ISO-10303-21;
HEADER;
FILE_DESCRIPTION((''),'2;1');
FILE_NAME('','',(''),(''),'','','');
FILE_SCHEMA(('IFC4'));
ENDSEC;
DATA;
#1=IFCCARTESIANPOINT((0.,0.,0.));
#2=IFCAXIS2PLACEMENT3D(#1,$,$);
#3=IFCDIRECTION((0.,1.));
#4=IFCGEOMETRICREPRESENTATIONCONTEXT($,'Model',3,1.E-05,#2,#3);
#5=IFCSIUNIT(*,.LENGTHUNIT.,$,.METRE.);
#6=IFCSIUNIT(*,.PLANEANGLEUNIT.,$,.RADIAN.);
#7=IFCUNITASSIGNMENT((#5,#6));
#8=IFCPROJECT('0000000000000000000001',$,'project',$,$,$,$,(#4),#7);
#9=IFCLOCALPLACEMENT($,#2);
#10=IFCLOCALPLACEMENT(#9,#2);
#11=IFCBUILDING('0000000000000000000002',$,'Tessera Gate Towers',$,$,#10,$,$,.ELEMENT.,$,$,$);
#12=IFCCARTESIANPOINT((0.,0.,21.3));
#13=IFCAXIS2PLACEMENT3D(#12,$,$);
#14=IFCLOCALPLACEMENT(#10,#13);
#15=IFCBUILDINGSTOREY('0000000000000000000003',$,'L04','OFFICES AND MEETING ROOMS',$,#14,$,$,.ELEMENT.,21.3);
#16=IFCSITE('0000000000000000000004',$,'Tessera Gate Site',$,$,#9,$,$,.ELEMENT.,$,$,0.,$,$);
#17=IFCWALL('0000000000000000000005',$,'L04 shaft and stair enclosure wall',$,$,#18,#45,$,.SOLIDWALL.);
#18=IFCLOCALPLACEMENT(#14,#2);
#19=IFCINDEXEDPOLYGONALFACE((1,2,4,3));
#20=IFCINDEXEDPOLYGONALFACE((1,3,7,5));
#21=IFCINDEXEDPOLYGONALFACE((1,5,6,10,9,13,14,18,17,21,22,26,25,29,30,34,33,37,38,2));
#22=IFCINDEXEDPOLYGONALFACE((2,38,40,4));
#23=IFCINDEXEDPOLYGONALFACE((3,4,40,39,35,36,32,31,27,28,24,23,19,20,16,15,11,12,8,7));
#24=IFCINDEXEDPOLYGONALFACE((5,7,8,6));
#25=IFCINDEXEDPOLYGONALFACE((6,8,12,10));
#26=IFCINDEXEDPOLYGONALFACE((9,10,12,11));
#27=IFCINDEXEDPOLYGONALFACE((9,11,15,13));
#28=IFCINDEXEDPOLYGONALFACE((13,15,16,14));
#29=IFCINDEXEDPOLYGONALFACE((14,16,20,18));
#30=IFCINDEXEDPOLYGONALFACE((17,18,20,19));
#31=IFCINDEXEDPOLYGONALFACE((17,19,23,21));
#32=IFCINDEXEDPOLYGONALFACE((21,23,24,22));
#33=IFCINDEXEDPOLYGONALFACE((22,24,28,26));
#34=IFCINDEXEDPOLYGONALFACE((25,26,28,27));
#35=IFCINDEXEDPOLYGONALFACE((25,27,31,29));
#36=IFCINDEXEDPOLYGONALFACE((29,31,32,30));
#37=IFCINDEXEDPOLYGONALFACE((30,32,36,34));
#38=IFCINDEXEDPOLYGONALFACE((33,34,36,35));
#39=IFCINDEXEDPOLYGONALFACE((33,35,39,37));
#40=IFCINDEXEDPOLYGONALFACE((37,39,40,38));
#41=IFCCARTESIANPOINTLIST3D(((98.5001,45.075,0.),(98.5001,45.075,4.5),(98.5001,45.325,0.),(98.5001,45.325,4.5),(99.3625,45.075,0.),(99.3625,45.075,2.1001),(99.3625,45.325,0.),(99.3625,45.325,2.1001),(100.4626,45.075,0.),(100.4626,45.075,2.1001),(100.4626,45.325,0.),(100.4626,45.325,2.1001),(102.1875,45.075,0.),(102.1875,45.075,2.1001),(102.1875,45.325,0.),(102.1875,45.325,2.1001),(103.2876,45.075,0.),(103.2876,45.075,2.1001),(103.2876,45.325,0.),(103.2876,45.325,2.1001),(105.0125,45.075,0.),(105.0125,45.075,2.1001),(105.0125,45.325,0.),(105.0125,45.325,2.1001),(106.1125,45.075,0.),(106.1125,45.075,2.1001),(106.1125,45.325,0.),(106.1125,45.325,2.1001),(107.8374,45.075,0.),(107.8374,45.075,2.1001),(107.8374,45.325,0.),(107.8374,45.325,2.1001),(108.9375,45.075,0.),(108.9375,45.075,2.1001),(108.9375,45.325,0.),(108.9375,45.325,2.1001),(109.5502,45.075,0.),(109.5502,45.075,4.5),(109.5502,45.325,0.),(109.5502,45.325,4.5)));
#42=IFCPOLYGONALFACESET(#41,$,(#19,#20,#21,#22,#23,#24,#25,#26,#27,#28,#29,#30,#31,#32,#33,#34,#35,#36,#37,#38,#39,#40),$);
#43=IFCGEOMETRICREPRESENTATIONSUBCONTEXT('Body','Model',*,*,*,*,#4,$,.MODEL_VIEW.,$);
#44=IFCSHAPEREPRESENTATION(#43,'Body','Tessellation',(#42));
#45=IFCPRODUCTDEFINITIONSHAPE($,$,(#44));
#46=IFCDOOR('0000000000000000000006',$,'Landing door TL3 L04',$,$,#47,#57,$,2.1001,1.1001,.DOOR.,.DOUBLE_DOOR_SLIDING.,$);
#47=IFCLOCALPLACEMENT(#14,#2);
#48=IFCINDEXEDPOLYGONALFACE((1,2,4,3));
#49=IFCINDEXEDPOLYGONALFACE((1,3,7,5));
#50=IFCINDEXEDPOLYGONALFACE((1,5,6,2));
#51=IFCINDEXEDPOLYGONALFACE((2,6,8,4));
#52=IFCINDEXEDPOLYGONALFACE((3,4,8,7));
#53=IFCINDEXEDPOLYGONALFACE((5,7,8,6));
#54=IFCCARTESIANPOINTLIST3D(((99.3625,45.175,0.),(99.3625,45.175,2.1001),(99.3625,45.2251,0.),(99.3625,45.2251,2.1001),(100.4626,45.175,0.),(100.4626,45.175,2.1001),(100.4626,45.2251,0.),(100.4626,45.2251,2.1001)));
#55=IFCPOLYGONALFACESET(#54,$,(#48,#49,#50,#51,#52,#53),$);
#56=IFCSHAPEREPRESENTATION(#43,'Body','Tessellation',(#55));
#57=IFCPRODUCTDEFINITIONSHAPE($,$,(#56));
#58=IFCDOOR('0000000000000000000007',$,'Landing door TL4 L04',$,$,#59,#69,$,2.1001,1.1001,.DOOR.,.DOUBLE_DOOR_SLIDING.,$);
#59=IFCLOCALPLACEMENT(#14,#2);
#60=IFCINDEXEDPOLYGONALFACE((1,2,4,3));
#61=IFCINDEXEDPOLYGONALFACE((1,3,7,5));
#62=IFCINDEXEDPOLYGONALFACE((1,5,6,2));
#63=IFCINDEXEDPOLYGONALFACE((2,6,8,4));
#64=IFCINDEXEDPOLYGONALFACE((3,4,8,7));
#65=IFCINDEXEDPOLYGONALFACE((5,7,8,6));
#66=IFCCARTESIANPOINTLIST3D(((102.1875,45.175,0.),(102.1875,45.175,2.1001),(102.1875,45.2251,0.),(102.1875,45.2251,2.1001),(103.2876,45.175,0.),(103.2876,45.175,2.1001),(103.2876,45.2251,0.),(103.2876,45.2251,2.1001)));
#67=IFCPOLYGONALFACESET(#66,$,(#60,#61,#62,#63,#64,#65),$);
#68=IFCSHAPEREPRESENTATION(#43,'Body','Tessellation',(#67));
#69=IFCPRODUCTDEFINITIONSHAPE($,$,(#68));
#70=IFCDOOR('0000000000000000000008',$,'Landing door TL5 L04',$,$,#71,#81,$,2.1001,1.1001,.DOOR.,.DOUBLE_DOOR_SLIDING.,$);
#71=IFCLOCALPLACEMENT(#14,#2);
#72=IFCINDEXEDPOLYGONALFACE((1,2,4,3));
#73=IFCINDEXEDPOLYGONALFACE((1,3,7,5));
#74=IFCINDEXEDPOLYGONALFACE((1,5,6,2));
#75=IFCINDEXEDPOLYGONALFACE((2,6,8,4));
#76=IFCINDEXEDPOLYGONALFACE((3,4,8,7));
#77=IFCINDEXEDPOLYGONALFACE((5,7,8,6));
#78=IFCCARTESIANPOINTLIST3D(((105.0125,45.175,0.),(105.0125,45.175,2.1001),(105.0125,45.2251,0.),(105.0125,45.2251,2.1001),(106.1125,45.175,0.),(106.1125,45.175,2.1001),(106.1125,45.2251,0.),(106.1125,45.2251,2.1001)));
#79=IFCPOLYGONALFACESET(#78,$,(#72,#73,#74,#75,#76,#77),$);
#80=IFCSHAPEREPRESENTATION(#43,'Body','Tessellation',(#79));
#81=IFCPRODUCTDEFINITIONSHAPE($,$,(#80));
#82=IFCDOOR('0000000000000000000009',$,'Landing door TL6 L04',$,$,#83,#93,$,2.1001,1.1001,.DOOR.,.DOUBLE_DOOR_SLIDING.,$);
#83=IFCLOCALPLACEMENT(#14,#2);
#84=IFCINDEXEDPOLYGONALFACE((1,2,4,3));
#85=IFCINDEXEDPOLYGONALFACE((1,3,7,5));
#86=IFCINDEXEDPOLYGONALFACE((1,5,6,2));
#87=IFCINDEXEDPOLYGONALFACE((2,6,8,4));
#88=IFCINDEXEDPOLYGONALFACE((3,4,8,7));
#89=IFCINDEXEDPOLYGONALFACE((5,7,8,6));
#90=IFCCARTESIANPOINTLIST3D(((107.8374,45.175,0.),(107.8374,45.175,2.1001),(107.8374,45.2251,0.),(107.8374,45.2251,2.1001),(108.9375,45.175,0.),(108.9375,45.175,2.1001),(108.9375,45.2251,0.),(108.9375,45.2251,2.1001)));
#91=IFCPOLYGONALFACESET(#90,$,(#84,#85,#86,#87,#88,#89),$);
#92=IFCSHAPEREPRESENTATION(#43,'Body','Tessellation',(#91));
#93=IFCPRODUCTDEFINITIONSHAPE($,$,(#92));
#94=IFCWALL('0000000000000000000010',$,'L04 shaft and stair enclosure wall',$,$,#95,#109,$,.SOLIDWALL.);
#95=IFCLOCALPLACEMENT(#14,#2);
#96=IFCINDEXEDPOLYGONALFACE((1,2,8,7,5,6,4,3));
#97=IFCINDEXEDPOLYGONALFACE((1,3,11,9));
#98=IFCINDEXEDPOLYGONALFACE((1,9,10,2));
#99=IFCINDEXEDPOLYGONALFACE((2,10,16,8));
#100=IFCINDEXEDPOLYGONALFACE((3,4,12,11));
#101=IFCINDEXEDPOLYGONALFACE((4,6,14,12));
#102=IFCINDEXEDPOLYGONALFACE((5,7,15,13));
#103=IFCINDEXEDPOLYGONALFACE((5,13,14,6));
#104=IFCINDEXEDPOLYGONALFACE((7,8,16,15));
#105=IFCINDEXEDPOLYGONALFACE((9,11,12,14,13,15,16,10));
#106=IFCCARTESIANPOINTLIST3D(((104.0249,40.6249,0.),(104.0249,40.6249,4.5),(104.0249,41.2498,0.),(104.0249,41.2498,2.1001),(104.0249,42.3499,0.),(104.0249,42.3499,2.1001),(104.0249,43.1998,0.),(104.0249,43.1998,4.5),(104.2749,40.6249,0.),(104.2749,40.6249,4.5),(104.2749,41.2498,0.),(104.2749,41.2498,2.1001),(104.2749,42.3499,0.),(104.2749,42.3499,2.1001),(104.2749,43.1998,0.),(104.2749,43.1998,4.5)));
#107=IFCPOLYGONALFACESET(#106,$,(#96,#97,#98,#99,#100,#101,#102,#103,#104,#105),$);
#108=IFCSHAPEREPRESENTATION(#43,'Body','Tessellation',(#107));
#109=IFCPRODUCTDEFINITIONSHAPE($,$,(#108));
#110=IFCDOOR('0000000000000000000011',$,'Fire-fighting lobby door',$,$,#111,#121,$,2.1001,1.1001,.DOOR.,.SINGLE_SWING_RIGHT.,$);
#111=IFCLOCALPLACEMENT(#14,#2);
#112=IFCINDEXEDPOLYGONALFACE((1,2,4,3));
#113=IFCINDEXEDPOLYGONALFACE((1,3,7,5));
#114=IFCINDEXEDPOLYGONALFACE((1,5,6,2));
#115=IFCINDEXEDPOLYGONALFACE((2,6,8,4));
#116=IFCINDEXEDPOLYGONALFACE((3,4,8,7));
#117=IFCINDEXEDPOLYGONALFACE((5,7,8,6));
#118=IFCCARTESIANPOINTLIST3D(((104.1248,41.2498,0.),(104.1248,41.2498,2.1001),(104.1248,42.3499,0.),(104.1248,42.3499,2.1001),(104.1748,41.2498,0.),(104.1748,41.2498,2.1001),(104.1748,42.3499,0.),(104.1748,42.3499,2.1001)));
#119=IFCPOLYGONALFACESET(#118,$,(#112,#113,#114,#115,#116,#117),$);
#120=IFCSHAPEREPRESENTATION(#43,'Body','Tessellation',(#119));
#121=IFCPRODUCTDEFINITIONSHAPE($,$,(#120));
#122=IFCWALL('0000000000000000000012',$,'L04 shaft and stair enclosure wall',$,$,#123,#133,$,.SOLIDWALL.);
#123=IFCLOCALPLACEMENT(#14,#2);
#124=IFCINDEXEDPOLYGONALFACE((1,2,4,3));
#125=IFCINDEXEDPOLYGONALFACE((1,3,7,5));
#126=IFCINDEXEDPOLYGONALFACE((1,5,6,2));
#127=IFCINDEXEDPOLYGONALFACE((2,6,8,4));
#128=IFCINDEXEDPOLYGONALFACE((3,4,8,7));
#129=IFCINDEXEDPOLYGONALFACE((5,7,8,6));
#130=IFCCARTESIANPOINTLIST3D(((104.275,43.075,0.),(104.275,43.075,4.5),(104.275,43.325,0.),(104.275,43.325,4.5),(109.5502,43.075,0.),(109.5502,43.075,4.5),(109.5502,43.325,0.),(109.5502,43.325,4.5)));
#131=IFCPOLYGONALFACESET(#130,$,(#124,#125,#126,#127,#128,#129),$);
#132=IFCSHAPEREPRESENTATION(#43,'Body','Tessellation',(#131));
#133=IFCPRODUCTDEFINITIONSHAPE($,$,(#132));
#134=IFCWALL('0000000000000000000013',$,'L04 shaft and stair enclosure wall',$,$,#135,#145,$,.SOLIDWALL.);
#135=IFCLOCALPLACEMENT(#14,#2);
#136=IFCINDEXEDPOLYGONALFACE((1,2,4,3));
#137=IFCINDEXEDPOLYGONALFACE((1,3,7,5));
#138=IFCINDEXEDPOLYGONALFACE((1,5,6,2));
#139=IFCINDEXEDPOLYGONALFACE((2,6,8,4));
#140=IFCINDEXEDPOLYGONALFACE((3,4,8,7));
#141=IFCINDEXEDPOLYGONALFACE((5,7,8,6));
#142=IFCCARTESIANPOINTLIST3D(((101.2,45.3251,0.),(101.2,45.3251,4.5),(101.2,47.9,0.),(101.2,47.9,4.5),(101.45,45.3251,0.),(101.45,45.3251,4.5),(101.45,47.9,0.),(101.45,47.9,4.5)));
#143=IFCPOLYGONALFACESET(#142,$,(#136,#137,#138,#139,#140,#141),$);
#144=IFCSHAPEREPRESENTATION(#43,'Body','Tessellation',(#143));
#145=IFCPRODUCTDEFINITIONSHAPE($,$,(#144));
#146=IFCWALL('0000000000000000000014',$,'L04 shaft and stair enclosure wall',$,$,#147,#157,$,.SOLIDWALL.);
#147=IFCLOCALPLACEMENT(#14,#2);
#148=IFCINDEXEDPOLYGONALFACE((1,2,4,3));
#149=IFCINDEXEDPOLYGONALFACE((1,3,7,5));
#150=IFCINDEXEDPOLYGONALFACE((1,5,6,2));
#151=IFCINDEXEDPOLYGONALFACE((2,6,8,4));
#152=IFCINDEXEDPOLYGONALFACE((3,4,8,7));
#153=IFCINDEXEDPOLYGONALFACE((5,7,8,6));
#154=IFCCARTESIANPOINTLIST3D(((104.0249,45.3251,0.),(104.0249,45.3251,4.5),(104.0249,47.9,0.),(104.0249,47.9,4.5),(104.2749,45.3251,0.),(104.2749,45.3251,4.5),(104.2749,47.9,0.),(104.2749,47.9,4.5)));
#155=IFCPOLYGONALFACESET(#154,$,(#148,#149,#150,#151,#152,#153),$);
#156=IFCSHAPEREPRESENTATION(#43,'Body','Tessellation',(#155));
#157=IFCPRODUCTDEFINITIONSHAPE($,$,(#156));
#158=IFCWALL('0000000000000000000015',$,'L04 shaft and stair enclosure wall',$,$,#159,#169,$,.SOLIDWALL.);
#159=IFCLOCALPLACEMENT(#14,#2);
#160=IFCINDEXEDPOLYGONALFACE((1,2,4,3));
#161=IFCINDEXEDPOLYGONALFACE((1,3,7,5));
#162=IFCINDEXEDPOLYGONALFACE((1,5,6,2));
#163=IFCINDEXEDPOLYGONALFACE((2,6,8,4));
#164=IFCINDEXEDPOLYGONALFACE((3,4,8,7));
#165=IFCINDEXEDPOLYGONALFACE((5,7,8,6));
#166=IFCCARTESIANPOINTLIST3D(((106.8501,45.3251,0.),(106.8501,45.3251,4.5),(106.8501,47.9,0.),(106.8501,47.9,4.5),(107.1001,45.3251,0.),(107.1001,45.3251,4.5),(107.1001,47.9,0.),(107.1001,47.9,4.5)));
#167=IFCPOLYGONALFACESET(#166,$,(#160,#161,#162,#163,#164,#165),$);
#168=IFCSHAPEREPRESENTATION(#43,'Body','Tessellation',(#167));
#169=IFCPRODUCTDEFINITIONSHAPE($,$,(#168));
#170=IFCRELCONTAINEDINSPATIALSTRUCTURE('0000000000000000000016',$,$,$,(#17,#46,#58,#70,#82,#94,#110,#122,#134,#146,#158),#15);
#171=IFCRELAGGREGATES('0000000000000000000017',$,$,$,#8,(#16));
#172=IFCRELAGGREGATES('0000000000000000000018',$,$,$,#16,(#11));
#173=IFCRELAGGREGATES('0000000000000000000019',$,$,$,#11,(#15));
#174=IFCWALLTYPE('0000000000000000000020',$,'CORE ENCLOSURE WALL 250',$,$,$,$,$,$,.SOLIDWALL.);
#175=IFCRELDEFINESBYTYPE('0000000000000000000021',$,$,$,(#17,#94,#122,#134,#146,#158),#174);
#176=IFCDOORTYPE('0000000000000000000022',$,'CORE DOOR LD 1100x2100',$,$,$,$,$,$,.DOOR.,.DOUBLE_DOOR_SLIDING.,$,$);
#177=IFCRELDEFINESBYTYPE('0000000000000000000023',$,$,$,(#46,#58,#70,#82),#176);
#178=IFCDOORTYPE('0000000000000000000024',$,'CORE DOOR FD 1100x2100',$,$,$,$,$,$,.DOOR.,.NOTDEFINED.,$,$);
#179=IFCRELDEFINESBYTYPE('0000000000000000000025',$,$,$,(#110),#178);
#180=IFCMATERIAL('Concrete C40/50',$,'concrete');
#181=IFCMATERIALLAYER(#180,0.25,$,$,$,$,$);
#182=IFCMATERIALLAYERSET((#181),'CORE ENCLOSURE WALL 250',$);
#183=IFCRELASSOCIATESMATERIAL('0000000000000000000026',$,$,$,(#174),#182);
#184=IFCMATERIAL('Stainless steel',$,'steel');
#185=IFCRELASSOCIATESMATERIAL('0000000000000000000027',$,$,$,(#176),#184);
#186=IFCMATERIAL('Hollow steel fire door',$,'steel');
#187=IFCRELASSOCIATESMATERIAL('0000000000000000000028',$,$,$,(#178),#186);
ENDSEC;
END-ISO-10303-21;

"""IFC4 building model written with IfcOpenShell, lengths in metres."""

from ifc_helpers import new_model, si_unit, direction, frame, frame_2d, origin, place, context, subcontext, project, spatial, rectangle, extrude, source, transform, mapped, material, layer, layer_set, type_object, element, fill, save


model = new_model("IFC4")

# Units and contexts
model_context = context("Model", 3, precision=1e-05, world=origin(), true_north=direction((0.0, 1.0)))
body_context = subcontext(model_context, "Body", "Model", "MODEL_VIEW")
ifc_project = project(units=[si_unit("LENGTHUNIT", "METRE"), si_unit("PLANEANGLEUNIT", "RADIAN")], contexts=[model_context])

# Site, building, storey
site_placement = place(None, origin())
site = spatial("IfcSite", under=ifc_project, at=site_placement, Name="Tessera Gate Site", CompositionType="ELEMENT", RefElevation=0.0)
building_placement = place(site_placement, origin())
building = spatial("IfcBuilding", under=site, at=building_placement, Name="Tessera Gate Towers", CompositionType="ELEMENT")
storey_placement = place(building_placement, frame((0.0, 0.0, 21.3)))
storey = spatial("IfcBuildingStorey", under=building, at=storey_placement, Name="L04", Description="OFFICES AND MEETING ROOMS", CompositionType="ELEMENT", Elevation=21.3)

# Wall, openings, doors
ifc_material_1 = material(Name="Concrete C40/50", Category="concrete")
ifc_layer = layer(ifc_material_1, 0.25)
ifc_layer_set = layer_set([ifc_layer], Name="CORE ENCLOSURE WALL 250")
wall_type = type_object("IfcWallType", Name="CORE ENCLOSURE WALL 250", PredefinedType="SOLIDWALL", material=ifc_layer_set)
shared_shape_1 = source(origin(), body_context, "Body", "SweptSolid", [
    extrude(rectangle(XDim=1.1001, YDim=2.1001, at=frame_2d((0.55, 1.05))), frame((0.0, 0.135, 0.0), z_axis=(0.0, -1.0, 0.0), x_axis=(1.0, 0.0, 0.0)), (0.0, 0.0, 1.0), 0.27),
])
ifc_material_2 = material(Name="Stainless steel", Category="steel")
door_type_1 = type_object("IfcDoorType", Name="CORE DOOR LD 1100x2100", OperationType="DOUBLE_DOOR_SLIDING", PredefinedType="DOOR", material=ifc_material_2)
shared_shape_2 = source(origin(), body_context, "Body", "SweptSolid", [
    extrude(rectangle(XDim=1.1001, YDim=2.1001, at=frame_2d((0.55, 1.05))), frame((0.0, 0.0249, 0.0), z_axis=(0.0, -1.0, 0.0), x_axis=(1.0, 0.0, 0.0)), (0.0, 0.0, 1.0), 0.05),
])
wall_1_placement = place(storey_placement, frame((109.55, 45.2, 0.0), z_axis=(0.0, 0.0, 1.0), x_axis=(-1.0, 0.0, 0.0)))
wall_1 = element("IfcWall", 1, at=wall_1_placement, inside=storey, type_object=wall_type, Name="L04 shaft and stair enclosure wall", PredefinedType="SOLIDWALL", context=body_context, shape_type="SweptSolid", body=[
    extrude(rectangle(XDim=11.05, YDim=0.25, at=frame_2d((5.5249, 0.0))), origin(), (0.0, 0.0, 1.0), 4.5),
])
opening_1_placement = place(wall_1_placement, frame((9.0874, 0.0, 0.0)))
opening_1 = element("IfcOpeningElement", 2, at=opening_1_placement, cuts=wall_1, PredefinedType="OPENING", context=body_context, shape_type="MappedRepresentation", body=[
    mapped(shared_shape_1, transform((0.0, 0.0, 0.0), scale=1.0)),
])
opening_2_placement = place(wall_1_placement, frame((6.2625, 0.0, 0.0)))
opening_2 = element("IfcOpeningElement", 3, at=opening_2_placement, cuts=wall_1, PredefinedType="OPENING", context=body_context, shape_type="MappedRepresentation", body=[
    mapped(shared_shape_1, transform((0.0, 0.0, 0.0), scale=1.0)),
])
opening_3_placement = place(wall_1_placement, frame((3.4375, 0.0, 0.0)))
opening_3 = element("IfcOpeningElement", 4, at=opening_3_placement, cuts=wall_1, PredefinedType="OPENING", context=body_context, shape_type="MappedRepresentation", body=[
    mapped(shared_shape_1, transform((0.0, 0.0, 0.0), scale=1.0)),
])
opening_4_placement = place(wall_1_placement, frame((0.6125, 0.0, 0.0)))
opening_4 = element("IfcOpeningElement", 5, at=opening_4_placement, cuts=wall_1, PredefinedType="OPENING", context=body_context, shape_type="MappedRepresentation", body=[
    mapped(shared_shape_1, transform((0.0, 0.0, 0.0), scale=1.0)),
])
door_1_placement = place(opening_1_placement, origin())
door_1 = element("IfcDoor", 6, at=door_1_placement, inside=storey, type_object=door_type_1, Name="Landing door TL3 L04", OperationType="DOUBLE_DOOR_SLIDING", OverallHeight=2.1001, OverallWidth=1.1001, PredefinedType="DOOR", context=body_context, shape_type="MappedRepresentation", body=[
    mapped(shared_shape_2, transform((0.0, 0.0, 0.0), scale=1.0)),
])
fill(opening_1, door_1)
door_2_placement = place(opening_2_placement, origin())
door_2 = element("IfcDoor", 7, at=door_2_placement, inside=storey, type_object=door_type_1, Name="Landing door TL4 L04", OperationType="DOUBLE_DOOR_SLIDING", OverallHeight=2.1001, OverallWidth=1.1001, PredefinedType="DOOR", context=body_context, shape_type="MappedRepresentation", body=[
    mapped(shared_shape_2, transform((0.0, 0.0, 0.0), scale=1.0)),
])
fill(opening_2, door_2)
door_3_placement = place(opening_3_placement, origin())
door_3 = element("IfcDoor", 8, at=door_3_placement, inside=storey, type_object=door_type_1, Name="Landing door TL5 L04", OperationType="DOUBLE_DOOR_SLIDING", OverallHeight=2.1001, OverallWidth=1.1001, PredefinedType="DOOR", context=body_context, shape_type="MappedRepresentation", body=[
    mapped(shared_shape_2, transform((0.0, 0.0, 0.0), scale=1.0)),
])
fill(opening_3, door_3)
door_4_placement = place(opening_4_placement, origin())
door_4 = element("IfcDoor", 9, at=door_4_placement, inside=storey, type_object=door_type_1, Name="Landing door TL6 L04", OperationType="DOUBLE_DOOR_SLIDING", OverallHeight=2.1001, OverallWidth=1.1001, PredefinedType="DOOR", context=body_context, shape_type="MappedRepresentation", body=[
    mapped(shared_shape_2, transform((0.0, 0.0, 0.0), scale=1.0)),
])
fill(opening_4, door_4)

# Wall, opening, door
wall_2_placement = place(storey_placement, frame((104.1499, 43.2, 0.0), z_axis=(0.0, 0.0, 1.0), x_axis=(0.0, -1.0, 0.0)))
wall_2 = element("IfcWall", 10, at=wall_2_placement, inside=storey, type_object=wall_type, Name="L04 shaft and stair enclosure wall", PredefinedType="SOLIDWALL", context=body_context, shape_type="SweptSolid", body=[
    extrude(rectangle(XDim=2.575, YDim=0.25, at=frame_2d((1.2876, 0.0))), origin(), (0.0, 0.0, 1.0), 4.5),
])
opening_5_placement = place(wall_2_placement, frame((0.8501, 0.0, 0.0)))
opening_5 = element("IfcOpeningElement", 11, at=opening_5_placement, cuts=wall_2, PredefinedType="OPENING", context=body_context, shape_type="MappedRepresentation", body=[
    mapped(shared_shape_1, transform((0.0, 0.0, 0.0), scale=1.0)),
])
ifc_material_3 = material(Name="Hollow steel fire door", Category="steel")
door_type_2 = type_object("IfcDoorType", Name="CORE DOOR FD 1100x2100", OperationType="NOTDEFINED", PredefinedType="DOOR", material=ifc_material_3)
door_5_placement = place(opening_5_placement, origin())
door_5 = element("IfcDoor", 12, at=door_5_placement, inside=storey, type_object=door_type_2, Name="Fire-fighting lobby door", OperationType="SINGLE_SWING_RIGHT", OverallHeight=2.1001, OverallWidth=1.1001, PredefinedType="DOOR", context=body_context, shape_type="MappedRepresentation", body=[
    mapped(shared_shape_2, transform((0.0, 0.0, 0.0), scale=1.0)),
])
fill(opening_5, door_5)

# Walls
wall_3_placement = place(storey_placement, frame((104.2749, 43.2, 0.0), z_axis=(0.0, 0.0, 1.0), x_axis=(1.0, 0.0, 0.0)))
element("IfcWall", 13, at=wall_3_placement, inside=storey, type_object=wall_type, Name="L04 shaft and stair enclosure wall", PredefinedType="SOLIDWALL", context=body_context, shape_type="SweptSolid", body=[
    extrude(rectangle(XDim=5.2751, YDim=0.25, at=frame_2d((2.6377, 0.0))), origin(), (0.0, 0.0, 1.0), 4.5),
])
for number, where, z_axis, x_axis, name in (
    (14, (101.325, 45.325, 0.0), (0.0, 0.0, 1.0), (0.0, 1.0, 0.0), "L04 shaft and stair enclosure wall"),
    (15, (104.1499, 45.325, 0.0), (0.0, 0.0, 1.0), (0.0, 1.0, 0.0), "L04 shaft and stair enclosure wall"),
    (16, (106.9751, 45.325, 0.0), (0.0, 0.0, 1.0), (0.0, 1.0, 0.0), "L04 shaft and stair enclosure wall"),
):
    element("IfcWall", number, at=place(storey_placement, frame(where, z_axis=z_axis, x_axis=x_axis)), inside=storey, type_object=wall_type, Name=name, PredefinedType="SOLIDWALL", context=body_context, shape_type="SweptSolid", body=[
        extrude(rectangle(XDim=2.575, YDim=0.25, at=frame_2d((1.2876, 0.0))), origin(), (0.0, 0.0, 1.0), 4.5),
    ])

save(model, "model.ifc")
